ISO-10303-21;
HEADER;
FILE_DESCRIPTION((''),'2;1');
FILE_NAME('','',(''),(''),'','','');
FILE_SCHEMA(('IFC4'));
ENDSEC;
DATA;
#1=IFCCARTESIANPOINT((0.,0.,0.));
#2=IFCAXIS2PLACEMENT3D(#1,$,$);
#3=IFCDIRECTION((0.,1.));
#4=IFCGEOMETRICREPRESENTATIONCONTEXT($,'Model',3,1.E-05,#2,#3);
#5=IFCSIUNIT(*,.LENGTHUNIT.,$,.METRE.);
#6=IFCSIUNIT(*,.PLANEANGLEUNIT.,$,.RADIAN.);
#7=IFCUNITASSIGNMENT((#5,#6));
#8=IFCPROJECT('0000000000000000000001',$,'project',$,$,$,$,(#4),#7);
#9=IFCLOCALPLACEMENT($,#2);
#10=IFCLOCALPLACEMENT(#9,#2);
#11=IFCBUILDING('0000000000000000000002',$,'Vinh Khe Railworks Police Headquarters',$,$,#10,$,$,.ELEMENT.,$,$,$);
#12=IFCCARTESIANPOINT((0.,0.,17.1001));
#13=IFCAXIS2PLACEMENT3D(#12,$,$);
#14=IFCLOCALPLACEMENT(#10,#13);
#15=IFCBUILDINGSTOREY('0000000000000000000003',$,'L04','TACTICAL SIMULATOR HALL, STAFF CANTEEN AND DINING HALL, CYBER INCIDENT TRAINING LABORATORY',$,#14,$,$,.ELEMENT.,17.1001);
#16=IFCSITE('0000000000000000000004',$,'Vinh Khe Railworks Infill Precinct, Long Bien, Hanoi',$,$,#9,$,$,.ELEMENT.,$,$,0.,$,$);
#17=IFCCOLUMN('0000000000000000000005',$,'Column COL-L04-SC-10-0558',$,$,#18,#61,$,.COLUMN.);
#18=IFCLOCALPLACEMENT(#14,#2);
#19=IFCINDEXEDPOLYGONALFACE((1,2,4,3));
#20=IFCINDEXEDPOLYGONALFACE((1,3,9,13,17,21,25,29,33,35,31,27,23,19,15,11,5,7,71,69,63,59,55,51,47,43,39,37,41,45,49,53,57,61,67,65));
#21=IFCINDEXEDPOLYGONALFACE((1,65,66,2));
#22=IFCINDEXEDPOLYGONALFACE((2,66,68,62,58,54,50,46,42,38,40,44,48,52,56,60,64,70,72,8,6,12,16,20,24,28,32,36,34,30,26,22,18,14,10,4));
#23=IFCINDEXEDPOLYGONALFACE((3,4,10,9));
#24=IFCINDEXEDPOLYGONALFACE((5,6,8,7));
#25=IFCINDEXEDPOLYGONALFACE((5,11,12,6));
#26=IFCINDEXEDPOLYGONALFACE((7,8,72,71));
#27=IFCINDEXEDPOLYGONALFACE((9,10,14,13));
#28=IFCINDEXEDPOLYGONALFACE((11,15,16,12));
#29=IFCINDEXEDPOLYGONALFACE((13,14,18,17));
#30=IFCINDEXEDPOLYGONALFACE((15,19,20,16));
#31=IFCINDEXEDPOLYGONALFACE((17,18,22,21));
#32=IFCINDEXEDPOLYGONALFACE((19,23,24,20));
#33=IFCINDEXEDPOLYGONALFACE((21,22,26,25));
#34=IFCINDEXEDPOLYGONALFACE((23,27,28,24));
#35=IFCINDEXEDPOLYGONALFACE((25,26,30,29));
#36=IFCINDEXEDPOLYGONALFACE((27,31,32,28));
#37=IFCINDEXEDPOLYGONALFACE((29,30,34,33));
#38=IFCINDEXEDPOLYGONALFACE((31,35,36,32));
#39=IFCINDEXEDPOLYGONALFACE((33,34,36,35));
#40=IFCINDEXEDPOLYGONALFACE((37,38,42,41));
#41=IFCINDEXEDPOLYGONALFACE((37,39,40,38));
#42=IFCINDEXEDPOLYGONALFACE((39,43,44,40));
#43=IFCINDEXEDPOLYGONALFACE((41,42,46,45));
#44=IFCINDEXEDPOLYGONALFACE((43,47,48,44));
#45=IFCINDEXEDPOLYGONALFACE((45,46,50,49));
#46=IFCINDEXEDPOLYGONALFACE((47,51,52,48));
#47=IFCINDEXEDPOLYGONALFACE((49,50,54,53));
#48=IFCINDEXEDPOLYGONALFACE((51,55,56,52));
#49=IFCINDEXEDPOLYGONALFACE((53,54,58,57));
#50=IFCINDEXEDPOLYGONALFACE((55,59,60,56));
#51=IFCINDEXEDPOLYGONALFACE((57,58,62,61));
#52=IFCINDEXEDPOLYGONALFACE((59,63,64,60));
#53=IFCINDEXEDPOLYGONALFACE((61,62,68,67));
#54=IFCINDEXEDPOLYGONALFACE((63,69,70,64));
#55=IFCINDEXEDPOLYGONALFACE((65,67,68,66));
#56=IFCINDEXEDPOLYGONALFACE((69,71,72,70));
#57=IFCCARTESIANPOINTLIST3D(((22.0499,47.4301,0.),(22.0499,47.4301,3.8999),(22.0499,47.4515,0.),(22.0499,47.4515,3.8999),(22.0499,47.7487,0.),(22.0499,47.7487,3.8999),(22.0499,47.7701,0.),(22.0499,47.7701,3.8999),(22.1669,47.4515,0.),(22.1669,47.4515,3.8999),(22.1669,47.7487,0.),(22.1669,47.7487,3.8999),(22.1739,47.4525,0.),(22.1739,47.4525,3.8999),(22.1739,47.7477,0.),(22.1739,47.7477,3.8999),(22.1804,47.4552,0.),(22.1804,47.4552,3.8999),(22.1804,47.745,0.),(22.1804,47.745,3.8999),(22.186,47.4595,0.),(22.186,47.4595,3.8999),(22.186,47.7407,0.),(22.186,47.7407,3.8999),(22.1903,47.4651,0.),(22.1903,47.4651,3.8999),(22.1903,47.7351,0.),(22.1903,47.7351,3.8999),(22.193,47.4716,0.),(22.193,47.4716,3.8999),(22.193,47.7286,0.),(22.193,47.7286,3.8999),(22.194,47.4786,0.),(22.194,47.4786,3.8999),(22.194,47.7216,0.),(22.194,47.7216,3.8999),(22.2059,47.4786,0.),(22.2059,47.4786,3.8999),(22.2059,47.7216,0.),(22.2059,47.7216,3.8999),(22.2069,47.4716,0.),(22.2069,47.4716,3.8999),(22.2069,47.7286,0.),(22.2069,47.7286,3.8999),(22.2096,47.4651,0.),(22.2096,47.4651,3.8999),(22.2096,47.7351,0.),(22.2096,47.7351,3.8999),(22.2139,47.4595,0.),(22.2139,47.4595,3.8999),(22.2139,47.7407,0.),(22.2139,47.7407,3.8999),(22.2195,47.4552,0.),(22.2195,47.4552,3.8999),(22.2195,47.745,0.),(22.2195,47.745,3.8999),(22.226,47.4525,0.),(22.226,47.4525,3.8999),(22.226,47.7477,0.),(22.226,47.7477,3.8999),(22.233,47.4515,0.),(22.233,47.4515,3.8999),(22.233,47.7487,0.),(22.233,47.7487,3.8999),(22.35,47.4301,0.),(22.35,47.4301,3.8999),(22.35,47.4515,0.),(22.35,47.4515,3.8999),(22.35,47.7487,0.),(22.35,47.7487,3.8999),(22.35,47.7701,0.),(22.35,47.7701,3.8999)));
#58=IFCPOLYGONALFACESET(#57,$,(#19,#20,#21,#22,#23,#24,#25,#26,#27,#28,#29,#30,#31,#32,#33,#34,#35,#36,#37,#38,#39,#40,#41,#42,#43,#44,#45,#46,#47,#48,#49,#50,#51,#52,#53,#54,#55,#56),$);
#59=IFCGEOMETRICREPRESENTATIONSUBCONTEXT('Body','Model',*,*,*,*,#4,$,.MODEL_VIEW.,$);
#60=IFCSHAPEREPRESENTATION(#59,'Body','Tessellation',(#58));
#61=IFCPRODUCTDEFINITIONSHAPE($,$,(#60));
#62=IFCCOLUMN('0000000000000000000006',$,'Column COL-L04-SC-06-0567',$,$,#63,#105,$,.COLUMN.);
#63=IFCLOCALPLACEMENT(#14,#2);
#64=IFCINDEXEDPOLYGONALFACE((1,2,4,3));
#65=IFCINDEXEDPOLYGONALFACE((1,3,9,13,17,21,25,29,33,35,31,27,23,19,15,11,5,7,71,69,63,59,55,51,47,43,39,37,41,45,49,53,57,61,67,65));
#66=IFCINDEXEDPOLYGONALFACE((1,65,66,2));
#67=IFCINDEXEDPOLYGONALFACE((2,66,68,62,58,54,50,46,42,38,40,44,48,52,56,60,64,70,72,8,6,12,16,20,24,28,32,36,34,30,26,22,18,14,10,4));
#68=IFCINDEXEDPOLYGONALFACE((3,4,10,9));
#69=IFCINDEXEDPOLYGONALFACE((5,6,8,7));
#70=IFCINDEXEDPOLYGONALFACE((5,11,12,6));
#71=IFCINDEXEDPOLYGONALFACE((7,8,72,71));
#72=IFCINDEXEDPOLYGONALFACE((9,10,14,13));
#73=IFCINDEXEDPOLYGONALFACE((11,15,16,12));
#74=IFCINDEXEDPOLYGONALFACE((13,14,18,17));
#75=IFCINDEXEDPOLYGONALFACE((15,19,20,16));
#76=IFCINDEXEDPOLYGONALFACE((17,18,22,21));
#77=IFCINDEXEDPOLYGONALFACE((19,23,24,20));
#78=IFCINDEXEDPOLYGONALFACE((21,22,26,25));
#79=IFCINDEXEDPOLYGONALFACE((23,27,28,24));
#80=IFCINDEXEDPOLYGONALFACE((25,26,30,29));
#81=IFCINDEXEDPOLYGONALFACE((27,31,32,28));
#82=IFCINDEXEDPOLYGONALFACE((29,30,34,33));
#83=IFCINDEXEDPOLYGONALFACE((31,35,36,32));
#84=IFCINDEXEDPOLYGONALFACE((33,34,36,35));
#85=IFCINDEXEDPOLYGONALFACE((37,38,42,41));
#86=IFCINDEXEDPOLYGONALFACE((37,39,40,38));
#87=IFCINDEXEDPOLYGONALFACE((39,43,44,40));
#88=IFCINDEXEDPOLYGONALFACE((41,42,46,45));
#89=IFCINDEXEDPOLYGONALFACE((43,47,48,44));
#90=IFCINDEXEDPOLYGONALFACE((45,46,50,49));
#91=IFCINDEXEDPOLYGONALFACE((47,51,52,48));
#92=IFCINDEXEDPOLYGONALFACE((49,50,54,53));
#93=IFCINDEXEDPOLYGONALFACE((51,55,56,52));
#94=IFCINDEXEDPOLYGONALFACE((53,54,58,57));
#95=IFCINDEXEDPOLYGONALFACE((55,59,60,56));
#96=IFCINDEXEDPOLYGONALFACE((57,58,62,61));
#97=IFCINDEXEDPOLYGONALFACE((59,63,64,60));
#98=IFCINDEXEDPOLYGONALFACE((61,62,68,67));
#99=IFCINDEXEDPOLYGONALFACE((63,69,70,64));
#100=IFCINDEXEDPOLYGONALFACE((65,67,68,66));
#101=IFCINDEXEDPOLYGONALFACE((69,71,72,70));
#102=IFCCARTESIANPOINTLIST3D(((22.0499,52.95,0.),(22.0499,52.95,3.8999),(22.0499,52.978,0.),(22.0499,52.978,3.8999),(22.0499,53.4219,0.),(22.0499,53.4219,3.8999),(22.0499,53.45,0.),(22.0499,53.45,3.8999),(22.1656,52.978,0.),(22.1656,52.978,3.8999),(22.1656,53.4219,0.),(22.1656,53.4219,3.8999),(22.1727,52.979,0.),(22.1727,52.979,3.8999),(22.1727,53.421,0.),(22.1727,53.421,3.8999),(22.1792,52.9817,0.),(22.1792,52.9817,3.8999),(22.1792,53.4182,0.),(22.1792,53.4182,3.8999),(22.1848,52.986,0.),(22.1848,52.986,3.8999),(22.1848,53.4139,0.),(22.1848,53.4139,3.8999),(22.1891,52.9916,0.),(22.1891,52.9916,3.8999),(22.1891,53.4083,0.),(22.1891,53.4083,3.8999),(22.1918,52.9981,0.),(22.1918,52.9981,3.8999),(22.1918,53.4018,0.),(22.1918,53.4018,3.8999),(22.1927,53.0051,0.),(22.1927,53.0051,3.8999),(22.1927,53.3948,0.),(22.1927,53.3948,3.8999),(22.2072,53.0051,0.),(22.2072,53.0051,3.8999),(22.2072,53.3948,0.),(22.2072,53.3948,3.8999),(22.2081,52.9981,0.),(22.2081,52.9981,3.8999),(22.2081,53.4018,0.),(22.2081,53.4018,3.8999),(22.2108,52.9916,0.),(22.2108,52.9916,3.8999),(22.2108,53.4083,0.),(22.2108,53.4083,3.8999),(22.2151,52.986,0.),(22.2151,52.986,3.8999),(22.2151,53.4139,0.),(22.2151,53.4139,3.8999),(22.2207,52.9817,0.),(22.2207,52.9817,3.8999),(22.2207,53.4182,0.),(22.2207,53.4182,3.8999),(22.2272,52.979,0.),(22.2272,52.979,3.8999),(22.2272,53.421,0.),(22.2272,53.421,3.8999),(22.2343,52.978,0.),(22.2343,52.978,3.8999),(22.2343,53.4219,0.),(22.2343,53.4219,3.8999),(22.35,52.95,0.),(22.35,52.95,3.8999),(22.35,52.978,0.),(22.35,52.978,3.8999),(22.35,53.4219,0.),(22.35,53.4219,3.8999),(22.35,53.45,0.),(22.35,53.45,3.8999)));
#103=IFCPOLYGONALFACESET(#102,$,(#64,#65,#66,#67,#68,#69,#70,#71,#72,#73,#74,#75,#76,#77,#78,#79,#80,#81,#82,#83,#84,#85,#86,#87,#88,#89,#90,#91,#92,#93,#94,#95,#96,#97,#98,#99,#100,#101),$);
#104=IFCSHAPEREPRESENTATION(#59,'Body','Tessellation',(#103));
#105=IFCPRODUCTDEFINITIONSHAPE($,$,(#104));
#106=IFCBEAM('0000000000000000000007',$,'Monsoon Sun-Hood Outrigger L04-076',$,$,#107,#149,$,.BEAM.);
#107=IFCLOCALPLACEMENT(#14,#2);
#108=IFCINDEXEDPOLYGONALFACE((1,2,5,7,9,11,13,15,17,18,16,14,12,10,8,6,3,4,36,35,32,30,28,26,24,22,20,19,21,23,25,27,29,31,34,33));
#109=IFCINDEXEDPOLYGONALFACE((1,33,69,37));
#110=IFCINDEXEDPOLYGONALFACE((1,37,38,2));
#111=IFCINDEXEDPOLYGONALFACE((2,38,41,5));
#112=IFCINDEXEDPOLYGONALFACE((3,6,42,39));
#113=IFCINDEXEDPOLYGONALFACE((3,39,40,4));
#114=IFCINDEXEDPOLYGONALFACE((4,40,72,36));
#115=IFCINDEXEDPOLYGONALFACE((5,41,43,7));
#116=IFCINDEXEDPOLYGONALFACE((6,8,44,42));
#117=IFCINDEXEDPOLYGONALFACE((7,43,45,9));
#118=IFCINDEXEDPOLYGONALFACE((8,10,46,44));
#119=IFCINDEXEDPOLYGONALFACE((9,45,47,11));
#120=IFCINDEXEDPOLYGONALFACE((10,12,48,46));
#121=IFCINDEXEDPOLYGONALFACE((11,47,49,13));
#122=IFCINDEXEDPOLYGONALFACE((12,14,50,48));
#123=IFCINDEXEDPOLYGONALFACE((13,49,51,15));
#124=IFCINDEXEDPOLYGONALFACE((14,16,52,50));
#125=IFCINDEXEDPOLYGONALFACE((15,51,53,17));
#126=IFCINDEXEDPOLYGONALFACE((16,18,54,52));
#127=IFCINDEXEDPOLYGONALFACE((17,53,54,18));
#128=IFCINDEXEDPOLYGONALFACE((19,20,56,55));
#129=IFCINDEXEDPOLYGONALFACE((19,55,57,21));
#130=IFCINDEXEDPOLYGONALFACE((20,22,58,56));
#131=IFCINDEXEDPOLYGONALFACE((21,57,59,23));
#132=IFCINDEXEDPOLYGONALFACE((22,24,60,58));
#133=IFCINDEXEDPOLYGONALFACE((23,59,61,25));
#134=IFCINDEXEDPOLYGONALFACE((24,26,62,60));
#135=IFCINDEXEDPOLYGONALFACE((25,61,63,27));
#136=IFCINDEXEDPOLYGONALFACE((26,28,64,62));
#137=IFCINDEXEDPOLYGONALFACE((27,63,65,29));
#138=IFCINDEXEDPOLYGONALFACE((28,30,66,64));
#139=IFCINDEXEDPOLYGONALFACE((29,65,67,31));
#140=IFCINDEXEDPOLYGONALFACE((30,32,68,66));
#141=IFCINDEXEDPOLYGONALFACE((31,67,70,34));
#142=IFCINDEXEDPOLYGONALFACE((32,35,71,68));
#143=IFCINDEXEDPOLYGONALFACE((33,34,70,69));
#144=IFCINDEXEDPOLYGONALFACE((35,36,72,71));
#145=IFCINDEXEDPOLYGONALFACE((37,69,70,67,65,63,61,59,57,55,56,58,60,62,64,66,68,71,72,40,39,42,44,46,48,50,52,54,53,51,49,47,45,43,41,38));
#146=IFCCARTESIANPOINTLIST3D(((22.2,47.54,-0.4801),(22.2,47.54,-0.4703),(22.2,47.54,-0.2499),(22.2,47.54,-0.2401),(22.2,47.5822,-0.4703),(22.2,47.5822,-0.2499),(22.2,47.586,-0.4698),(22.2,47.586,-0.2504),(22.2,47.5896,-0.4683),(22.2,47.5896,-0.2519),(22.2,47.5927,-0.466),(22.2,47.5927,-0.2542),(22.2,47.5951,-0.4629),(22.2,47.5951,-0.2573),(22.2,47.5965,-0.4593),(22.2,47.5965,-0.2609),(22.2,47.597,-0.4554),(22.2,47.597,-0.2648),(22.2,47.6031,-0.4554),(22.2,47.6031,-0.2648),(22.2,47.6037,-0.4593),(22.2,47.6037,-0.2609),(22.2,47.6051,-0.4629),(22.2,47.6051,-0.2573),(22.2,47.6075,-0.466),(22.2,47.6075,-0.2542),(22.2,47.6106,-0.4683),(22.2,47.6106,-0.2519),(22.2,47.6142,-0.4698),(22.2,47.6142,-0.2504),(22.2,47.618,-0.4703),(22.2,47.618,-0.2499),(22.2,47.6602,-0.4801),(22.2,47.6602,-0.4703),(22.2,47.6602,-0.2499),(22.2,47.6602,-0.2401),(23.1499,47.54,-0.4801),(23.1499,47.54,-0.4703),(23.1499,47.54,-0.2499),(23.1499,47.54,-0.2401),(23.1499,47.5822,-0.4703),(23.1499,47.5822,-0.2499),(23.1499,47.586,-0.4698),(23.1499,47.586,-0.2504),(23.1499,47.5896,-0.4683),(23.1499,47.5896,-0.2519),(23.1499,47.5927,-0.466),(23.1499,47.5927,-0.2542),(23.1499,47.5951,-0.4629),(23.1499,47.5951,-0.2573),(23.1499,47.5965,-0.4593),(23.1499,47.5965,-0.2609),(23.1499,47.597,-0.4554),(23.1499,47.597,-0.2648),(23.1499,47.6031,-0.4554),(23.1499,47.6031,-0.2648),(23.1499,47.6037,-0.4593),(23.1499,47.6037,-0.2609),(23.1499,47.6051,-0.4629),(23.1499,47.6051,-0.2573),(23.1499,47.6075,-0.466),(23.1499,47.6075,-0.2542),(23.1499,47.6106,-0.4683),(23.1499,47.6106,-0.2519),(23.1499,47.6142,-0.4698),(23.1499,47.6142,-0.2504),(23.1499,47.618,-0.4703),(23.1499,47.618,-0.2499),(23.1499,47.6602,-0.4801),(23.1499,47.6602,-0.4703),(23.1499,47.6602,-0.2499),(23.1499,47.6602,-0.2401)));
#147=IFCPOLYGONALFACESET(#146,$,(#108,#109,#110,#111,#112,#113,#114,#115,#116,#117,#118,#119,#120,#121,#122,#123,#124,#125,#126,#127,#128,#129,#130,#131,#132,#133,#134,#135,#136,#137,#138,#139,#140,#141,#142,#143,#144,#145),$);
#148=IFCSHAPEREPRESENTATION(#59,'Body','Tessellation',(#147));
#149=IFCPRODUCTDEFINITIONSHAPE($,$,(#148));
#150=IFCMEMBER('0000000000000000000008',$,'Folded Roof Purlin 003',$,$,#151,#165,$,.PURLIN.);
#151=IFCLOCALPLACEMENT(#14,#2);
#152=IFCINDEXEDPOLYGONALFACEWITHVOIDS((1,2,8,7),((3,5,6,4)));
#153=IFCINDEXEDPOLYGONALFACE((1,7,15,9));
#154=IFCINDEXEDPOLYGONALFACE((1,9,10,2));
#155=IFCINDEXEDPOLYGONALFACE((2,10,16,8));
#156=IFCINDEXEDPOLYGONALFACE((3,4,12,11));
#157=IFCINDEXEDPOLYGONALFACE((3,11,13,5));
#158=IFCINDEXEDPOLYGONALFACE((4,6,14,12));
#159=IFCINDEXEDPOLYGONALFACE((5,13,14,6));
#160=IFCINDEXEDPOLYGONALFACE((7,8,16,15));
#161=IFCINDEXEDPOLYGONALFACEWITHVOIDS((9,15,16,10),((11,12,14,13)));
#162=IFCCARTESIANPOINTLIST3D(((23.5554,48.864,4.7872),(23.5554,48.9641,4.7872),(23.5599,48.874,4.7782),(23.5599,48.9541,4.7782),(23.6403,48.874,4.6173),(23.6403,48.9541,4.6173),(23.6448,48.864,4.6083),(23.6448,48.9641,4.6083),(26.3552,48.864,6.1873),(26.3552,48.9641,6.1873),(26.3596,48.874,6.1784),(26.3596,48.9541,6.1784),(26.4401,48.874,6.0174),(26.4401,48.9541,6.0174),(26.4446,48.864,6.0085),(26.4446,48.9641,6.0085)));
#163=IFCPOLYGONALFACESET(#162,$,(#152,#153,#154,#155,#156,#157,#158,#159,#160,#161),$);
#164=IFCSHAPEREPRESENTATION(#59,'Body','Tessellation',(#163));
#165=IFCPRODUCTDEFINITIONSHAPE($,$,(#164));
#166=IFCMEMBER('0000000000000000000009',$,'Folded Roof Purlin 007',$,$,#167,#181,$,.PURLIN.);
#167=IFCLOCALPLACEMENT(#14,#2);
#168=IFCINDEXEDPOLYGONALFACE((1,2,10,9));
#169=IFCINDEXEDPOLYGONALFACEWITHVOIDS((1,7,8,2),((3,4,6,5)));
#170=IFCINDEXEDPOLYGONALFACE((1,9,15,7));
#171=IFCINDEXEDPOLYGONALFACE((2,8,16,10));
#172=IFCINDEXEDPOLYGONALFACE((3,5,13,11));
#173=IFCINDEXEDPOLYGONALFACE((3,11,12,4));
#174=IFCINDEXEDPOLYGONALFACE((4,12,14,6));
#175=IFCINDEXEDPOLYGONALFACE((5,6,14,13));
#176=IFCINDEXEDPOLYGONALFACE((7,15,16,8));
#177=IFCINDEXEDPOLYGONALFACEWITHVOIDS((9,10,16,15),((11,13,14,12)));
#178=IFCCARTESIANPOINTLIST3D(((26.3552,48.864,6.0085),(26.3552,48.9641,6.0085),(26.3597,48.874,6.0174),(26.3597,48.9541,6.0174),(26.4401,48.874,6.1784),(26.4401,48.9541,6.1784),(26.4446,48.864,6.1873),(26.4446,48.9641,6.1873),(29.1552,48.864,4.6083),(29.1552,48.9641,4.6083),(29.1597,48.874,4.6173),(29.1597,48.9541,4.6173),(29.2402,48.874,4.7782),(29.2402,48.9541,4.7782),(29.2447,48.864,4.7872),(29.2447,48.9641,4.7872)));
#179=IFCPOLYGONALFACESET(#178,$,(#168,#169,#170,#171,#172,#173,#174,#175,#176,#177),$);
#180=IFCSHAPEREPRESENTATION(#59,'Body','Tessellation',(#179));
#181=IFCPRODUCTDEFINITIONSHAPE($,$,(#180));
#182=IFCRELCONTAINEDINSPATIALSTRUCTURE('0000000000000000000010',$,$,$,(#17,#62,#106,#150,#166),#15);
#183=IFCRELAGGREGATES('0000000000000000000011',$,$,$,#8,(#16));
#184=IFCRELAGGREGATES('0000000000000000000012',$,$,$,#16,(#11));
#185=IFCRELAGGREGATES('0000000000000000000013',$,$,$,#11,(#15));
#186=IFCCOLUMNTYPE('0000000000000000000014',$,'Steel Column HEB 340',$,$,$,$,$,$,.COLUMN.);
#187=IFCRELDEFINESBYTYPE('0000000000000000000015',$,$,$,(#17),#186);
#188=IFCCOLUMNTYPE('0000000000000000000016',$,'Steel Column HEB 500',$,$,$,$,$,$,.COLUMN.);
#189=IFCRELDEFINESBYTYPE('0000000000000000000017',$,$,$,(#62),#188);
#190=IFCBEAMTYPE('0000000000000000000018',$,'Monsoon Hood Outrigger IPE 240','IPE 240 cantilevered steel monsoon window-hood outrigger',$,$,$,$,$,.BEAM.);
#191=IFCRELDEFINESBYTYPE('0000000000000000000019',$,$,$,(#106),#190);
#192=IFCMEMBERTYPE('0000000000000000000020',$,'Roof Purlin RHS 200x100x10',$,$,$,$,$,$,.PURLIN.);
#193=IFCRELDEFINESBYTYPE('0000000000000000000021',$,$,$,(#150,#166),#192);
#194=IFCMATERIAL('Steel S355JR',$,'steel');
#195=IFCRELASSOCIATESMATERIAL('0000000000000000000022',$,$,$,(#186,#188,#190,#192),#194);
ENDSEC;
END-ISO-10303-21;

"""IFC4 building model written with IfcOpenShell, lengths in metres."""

from ifc_helpers import new_model, si_unit, direction, frame, origin, origin_2d, place, context, subcontext, project, spatial, hollow_rectangle, i_section, extrude, material, material_profile, profile_set, type_object, element, save


model = new_model("IFC4")

# Units and contexts
model_context = context("Model", 3, precision=1e-05, world=origin(), true_north=direction((0.0, 1.0)))
body_context = subcontext(model_context, "Body", "Model", "MODEL_VIEW")
ifc_project = project(units=[si_unit("LENGTHUNIT", "METRE"), si_unit("PLANEANGLEUNIT", "RADIAN")], contexts=[model_context])

# Site, building, storey
site_placement = place(None, origin())
site = spatial("IfcSite", under=ifc_project, at=site_placement, Name="Vinh Khe Railworks Infill Precinct, Long Bien, Hanoi", CompositionType="ELEMENT", RefElevation=0.0)
building_placement = place(site_placement, origin())
building = spatial("IfcBuilding", under=site, at=building_placement, Name="Vinh Khe Railworks Police Headquarters", CompositionType="ELEMENT")
storey_placement = place(building_placement, frame((0.0, 0.0, 17.1001)))
storey = spatial("IfcBuildingStorey", under=building, at=storey_placement, Name="L04", Description="TACTICAL SIMULATOR HALL, STAFF CANTEEN AND DINING HALL, CYBER INCIDENT TRAINING LABORATORY", CompositionType="ELEMENT", Elevation=17.1001)

# Columns
ifc_material_1 = material(Name="Steel S355JR", Category="steel")
ifc_material_profile_1 = material_profile(ifc_material_1, i_section(OverallWidth=0.3, OverallDepth=0.3401, WebThickness=0.012, FlangeThickness=0.0215, FilletRadius=0.0271, at=origin_2d()), Name="HEB 340")
ifc_profile_set_1 = profile_set([ifc_material_profile_1], Name="Steel S355JR")
column_type_1 = type_object("IfcColumnType", Name="Steel Column HEB 340", PredefinedType="COLUMN", material=ifc_profile_set_1)
column_1_placement = place(storey_placement, frame((22.2, 47.6001, 0.0), z_axis=(0.0, 0.0, 1.0), x_axis=(1.0, 0.0, 0.0)))
element("IfcColumn", 1, at=column_1_placement, inside=storey, type_object=column_type_1, Name="Column COL-L04-SC-10-0558", PredefinedType="COLUMN", context=body_context, shape_type="SweptSolid", body=[
    extrude(i_section(OverallWidth=0.3, OverallDepth=0.3401, WebThickness=0.012, FlangeThickness=0.0215, FilletRadius=0.0271, at=origin_2d()), origin(), (0.0, 0.0, 1.0), 3.8999),
])
ifc_material_profile_2 = material_profile(ifc_material_1, i_section(OverallWidth=0.3, OverallDepth=0.5, WebThickness=0.0144, FlangeThickness=0.0281, FilletRadius=0.0271, at=origin_2d()), Name="HEB 500")
ifc_profile_set_2 = profile_set([ifc_material_profile_2], Name="Steel S355JR")
column_type_2 = type_object("IfcColumnType", Name="Steel Column HEB 500", PredefinedType="COLUMN", material=ifc_profile_set_2)
column_2_placement = place(storey_placement, frame((22.2, 53.2, 0.0), z_axis=(0.0, 0.0, 1.0), x_axis=(1.0, 0.0, 0.0)))
element("IfcColumn", 2, at=column_2_placement, inside=storey, type_object=column_type_2, Name="Column COL-L04-SC-06-0567", PredefinedType="COLUMN", context=body_context, shape_type="SweptSolid", body=[
    extrude(i_section(OverallWidth=0.3, OverallDepth=0.5, WebThickness=0.0144, FlangeThickness=0.0281, FilletRadius=0.0271, at=origin_2d()), origin(), (0.0, 0.0, 1.0), 3.8999),
])

# Beam
ifc_material_profile_3 = material_profile(ifc_material_1, i_section(OverallWidth=0.1201, OverallDepth=0.24, WebThickness=0.0061, FlangeThickness=0.0098, FilletRadius=0.0149, at=origin_2d()), Name="IPE 240")
ifc_profile_set_3 = profile_set([ifc_material_profile_3], Name="Steel S355JR")
beam_type_1 = type_object("IfcBeamType", Name="Monsoon Hood Outrigger IPE 240", Description="IPE 240 cantilevered steel monsoon window-hood outrigger", PredefinedType="BEAM", material=ifc_profile_set_3)
beam_1_placement = place(storey_placement, frame((22.2, 47.6001, -0.3601), z_axis=(1.0, 0.0, 0.0), x_axis=(0.0, 1.0, 0.0)))
element("IfcBeam", 3, at=beam_1_placement, inside=storey, type_object=beam_type_1, Name="Monsoon Sun-Hood Outrigger L04-076", PredefinedType="BEAM", context=body_context, shape_type="SweptSolid", body=[
    extrude(i_section(OverallWidth=0.1201, OverallDepth=0.24, WebThickness=0.0061, FlangeThickness=0.0098, FilletRadius=0.0149, at=origin_2d()), origin(), (0.0, 0.0, 1.0), 0.95),
])

# Members
ifc_material_profile_4 = material_profile(ifc_material_1, hollow_rectangle(XDim=0.1001, YDim=0.2, WallThickness=0.01, at=origin_2d()), Name="RHS 200x100x10")
ifc_profile_set_4 = profile_set([ifc_material_profile_4], Name="Steel S355JR")
member_type_1 = type_object("IfcMemberType", Name="Roof Purlin RHS 200x100x10", PredefinedType="PURLIN", material=ifc_profile_set_4)
member_1_placement = place(storey_placement, frame((23.6001, 48.9141, 4.6978), z_axis=(0.894396, 0.0, 0.447276), x_axis=(0.0, 1.0, 0.0)))
element("IfcMember", 4, at=member_1_placement, inside=storey, type_object=member_type_1, Name="Folded Roof Purlin 003", PredefinedType="PURLIN", context=body_context, shape_type="SweptSolid", body=[
    extrude(hollow_rectangle(XDim=0.1001, YDim=0.2, WallThickness=0.01, at=origin_2d()), origin(), (0.0, 0.0, 1.0), 3.1304),
])
member_2_placement = place(storey_placement, frame((26.3999, 48.9141, 6.0979), z_axis=(0.894412, 0.0, -0.447245), x_axis=(0.0, 1.0, 0.0)))
element("IfcMember", 5, at=member_2_placement, inside=storey, type_object=member_type_1, Name="Folded Roof Purlin 007", PredefinedType="PURLIN", context=body_context, shape_type="SweptSolid", body=[
    extrude(hollow_rectangle(XDim=0.1001, YDim=0.2, WallThickness=0.01, at=origin_2d()), origin(), (0.0, 0.0, 1.0), 3.1306),
])

save(model, "model.ifc")
